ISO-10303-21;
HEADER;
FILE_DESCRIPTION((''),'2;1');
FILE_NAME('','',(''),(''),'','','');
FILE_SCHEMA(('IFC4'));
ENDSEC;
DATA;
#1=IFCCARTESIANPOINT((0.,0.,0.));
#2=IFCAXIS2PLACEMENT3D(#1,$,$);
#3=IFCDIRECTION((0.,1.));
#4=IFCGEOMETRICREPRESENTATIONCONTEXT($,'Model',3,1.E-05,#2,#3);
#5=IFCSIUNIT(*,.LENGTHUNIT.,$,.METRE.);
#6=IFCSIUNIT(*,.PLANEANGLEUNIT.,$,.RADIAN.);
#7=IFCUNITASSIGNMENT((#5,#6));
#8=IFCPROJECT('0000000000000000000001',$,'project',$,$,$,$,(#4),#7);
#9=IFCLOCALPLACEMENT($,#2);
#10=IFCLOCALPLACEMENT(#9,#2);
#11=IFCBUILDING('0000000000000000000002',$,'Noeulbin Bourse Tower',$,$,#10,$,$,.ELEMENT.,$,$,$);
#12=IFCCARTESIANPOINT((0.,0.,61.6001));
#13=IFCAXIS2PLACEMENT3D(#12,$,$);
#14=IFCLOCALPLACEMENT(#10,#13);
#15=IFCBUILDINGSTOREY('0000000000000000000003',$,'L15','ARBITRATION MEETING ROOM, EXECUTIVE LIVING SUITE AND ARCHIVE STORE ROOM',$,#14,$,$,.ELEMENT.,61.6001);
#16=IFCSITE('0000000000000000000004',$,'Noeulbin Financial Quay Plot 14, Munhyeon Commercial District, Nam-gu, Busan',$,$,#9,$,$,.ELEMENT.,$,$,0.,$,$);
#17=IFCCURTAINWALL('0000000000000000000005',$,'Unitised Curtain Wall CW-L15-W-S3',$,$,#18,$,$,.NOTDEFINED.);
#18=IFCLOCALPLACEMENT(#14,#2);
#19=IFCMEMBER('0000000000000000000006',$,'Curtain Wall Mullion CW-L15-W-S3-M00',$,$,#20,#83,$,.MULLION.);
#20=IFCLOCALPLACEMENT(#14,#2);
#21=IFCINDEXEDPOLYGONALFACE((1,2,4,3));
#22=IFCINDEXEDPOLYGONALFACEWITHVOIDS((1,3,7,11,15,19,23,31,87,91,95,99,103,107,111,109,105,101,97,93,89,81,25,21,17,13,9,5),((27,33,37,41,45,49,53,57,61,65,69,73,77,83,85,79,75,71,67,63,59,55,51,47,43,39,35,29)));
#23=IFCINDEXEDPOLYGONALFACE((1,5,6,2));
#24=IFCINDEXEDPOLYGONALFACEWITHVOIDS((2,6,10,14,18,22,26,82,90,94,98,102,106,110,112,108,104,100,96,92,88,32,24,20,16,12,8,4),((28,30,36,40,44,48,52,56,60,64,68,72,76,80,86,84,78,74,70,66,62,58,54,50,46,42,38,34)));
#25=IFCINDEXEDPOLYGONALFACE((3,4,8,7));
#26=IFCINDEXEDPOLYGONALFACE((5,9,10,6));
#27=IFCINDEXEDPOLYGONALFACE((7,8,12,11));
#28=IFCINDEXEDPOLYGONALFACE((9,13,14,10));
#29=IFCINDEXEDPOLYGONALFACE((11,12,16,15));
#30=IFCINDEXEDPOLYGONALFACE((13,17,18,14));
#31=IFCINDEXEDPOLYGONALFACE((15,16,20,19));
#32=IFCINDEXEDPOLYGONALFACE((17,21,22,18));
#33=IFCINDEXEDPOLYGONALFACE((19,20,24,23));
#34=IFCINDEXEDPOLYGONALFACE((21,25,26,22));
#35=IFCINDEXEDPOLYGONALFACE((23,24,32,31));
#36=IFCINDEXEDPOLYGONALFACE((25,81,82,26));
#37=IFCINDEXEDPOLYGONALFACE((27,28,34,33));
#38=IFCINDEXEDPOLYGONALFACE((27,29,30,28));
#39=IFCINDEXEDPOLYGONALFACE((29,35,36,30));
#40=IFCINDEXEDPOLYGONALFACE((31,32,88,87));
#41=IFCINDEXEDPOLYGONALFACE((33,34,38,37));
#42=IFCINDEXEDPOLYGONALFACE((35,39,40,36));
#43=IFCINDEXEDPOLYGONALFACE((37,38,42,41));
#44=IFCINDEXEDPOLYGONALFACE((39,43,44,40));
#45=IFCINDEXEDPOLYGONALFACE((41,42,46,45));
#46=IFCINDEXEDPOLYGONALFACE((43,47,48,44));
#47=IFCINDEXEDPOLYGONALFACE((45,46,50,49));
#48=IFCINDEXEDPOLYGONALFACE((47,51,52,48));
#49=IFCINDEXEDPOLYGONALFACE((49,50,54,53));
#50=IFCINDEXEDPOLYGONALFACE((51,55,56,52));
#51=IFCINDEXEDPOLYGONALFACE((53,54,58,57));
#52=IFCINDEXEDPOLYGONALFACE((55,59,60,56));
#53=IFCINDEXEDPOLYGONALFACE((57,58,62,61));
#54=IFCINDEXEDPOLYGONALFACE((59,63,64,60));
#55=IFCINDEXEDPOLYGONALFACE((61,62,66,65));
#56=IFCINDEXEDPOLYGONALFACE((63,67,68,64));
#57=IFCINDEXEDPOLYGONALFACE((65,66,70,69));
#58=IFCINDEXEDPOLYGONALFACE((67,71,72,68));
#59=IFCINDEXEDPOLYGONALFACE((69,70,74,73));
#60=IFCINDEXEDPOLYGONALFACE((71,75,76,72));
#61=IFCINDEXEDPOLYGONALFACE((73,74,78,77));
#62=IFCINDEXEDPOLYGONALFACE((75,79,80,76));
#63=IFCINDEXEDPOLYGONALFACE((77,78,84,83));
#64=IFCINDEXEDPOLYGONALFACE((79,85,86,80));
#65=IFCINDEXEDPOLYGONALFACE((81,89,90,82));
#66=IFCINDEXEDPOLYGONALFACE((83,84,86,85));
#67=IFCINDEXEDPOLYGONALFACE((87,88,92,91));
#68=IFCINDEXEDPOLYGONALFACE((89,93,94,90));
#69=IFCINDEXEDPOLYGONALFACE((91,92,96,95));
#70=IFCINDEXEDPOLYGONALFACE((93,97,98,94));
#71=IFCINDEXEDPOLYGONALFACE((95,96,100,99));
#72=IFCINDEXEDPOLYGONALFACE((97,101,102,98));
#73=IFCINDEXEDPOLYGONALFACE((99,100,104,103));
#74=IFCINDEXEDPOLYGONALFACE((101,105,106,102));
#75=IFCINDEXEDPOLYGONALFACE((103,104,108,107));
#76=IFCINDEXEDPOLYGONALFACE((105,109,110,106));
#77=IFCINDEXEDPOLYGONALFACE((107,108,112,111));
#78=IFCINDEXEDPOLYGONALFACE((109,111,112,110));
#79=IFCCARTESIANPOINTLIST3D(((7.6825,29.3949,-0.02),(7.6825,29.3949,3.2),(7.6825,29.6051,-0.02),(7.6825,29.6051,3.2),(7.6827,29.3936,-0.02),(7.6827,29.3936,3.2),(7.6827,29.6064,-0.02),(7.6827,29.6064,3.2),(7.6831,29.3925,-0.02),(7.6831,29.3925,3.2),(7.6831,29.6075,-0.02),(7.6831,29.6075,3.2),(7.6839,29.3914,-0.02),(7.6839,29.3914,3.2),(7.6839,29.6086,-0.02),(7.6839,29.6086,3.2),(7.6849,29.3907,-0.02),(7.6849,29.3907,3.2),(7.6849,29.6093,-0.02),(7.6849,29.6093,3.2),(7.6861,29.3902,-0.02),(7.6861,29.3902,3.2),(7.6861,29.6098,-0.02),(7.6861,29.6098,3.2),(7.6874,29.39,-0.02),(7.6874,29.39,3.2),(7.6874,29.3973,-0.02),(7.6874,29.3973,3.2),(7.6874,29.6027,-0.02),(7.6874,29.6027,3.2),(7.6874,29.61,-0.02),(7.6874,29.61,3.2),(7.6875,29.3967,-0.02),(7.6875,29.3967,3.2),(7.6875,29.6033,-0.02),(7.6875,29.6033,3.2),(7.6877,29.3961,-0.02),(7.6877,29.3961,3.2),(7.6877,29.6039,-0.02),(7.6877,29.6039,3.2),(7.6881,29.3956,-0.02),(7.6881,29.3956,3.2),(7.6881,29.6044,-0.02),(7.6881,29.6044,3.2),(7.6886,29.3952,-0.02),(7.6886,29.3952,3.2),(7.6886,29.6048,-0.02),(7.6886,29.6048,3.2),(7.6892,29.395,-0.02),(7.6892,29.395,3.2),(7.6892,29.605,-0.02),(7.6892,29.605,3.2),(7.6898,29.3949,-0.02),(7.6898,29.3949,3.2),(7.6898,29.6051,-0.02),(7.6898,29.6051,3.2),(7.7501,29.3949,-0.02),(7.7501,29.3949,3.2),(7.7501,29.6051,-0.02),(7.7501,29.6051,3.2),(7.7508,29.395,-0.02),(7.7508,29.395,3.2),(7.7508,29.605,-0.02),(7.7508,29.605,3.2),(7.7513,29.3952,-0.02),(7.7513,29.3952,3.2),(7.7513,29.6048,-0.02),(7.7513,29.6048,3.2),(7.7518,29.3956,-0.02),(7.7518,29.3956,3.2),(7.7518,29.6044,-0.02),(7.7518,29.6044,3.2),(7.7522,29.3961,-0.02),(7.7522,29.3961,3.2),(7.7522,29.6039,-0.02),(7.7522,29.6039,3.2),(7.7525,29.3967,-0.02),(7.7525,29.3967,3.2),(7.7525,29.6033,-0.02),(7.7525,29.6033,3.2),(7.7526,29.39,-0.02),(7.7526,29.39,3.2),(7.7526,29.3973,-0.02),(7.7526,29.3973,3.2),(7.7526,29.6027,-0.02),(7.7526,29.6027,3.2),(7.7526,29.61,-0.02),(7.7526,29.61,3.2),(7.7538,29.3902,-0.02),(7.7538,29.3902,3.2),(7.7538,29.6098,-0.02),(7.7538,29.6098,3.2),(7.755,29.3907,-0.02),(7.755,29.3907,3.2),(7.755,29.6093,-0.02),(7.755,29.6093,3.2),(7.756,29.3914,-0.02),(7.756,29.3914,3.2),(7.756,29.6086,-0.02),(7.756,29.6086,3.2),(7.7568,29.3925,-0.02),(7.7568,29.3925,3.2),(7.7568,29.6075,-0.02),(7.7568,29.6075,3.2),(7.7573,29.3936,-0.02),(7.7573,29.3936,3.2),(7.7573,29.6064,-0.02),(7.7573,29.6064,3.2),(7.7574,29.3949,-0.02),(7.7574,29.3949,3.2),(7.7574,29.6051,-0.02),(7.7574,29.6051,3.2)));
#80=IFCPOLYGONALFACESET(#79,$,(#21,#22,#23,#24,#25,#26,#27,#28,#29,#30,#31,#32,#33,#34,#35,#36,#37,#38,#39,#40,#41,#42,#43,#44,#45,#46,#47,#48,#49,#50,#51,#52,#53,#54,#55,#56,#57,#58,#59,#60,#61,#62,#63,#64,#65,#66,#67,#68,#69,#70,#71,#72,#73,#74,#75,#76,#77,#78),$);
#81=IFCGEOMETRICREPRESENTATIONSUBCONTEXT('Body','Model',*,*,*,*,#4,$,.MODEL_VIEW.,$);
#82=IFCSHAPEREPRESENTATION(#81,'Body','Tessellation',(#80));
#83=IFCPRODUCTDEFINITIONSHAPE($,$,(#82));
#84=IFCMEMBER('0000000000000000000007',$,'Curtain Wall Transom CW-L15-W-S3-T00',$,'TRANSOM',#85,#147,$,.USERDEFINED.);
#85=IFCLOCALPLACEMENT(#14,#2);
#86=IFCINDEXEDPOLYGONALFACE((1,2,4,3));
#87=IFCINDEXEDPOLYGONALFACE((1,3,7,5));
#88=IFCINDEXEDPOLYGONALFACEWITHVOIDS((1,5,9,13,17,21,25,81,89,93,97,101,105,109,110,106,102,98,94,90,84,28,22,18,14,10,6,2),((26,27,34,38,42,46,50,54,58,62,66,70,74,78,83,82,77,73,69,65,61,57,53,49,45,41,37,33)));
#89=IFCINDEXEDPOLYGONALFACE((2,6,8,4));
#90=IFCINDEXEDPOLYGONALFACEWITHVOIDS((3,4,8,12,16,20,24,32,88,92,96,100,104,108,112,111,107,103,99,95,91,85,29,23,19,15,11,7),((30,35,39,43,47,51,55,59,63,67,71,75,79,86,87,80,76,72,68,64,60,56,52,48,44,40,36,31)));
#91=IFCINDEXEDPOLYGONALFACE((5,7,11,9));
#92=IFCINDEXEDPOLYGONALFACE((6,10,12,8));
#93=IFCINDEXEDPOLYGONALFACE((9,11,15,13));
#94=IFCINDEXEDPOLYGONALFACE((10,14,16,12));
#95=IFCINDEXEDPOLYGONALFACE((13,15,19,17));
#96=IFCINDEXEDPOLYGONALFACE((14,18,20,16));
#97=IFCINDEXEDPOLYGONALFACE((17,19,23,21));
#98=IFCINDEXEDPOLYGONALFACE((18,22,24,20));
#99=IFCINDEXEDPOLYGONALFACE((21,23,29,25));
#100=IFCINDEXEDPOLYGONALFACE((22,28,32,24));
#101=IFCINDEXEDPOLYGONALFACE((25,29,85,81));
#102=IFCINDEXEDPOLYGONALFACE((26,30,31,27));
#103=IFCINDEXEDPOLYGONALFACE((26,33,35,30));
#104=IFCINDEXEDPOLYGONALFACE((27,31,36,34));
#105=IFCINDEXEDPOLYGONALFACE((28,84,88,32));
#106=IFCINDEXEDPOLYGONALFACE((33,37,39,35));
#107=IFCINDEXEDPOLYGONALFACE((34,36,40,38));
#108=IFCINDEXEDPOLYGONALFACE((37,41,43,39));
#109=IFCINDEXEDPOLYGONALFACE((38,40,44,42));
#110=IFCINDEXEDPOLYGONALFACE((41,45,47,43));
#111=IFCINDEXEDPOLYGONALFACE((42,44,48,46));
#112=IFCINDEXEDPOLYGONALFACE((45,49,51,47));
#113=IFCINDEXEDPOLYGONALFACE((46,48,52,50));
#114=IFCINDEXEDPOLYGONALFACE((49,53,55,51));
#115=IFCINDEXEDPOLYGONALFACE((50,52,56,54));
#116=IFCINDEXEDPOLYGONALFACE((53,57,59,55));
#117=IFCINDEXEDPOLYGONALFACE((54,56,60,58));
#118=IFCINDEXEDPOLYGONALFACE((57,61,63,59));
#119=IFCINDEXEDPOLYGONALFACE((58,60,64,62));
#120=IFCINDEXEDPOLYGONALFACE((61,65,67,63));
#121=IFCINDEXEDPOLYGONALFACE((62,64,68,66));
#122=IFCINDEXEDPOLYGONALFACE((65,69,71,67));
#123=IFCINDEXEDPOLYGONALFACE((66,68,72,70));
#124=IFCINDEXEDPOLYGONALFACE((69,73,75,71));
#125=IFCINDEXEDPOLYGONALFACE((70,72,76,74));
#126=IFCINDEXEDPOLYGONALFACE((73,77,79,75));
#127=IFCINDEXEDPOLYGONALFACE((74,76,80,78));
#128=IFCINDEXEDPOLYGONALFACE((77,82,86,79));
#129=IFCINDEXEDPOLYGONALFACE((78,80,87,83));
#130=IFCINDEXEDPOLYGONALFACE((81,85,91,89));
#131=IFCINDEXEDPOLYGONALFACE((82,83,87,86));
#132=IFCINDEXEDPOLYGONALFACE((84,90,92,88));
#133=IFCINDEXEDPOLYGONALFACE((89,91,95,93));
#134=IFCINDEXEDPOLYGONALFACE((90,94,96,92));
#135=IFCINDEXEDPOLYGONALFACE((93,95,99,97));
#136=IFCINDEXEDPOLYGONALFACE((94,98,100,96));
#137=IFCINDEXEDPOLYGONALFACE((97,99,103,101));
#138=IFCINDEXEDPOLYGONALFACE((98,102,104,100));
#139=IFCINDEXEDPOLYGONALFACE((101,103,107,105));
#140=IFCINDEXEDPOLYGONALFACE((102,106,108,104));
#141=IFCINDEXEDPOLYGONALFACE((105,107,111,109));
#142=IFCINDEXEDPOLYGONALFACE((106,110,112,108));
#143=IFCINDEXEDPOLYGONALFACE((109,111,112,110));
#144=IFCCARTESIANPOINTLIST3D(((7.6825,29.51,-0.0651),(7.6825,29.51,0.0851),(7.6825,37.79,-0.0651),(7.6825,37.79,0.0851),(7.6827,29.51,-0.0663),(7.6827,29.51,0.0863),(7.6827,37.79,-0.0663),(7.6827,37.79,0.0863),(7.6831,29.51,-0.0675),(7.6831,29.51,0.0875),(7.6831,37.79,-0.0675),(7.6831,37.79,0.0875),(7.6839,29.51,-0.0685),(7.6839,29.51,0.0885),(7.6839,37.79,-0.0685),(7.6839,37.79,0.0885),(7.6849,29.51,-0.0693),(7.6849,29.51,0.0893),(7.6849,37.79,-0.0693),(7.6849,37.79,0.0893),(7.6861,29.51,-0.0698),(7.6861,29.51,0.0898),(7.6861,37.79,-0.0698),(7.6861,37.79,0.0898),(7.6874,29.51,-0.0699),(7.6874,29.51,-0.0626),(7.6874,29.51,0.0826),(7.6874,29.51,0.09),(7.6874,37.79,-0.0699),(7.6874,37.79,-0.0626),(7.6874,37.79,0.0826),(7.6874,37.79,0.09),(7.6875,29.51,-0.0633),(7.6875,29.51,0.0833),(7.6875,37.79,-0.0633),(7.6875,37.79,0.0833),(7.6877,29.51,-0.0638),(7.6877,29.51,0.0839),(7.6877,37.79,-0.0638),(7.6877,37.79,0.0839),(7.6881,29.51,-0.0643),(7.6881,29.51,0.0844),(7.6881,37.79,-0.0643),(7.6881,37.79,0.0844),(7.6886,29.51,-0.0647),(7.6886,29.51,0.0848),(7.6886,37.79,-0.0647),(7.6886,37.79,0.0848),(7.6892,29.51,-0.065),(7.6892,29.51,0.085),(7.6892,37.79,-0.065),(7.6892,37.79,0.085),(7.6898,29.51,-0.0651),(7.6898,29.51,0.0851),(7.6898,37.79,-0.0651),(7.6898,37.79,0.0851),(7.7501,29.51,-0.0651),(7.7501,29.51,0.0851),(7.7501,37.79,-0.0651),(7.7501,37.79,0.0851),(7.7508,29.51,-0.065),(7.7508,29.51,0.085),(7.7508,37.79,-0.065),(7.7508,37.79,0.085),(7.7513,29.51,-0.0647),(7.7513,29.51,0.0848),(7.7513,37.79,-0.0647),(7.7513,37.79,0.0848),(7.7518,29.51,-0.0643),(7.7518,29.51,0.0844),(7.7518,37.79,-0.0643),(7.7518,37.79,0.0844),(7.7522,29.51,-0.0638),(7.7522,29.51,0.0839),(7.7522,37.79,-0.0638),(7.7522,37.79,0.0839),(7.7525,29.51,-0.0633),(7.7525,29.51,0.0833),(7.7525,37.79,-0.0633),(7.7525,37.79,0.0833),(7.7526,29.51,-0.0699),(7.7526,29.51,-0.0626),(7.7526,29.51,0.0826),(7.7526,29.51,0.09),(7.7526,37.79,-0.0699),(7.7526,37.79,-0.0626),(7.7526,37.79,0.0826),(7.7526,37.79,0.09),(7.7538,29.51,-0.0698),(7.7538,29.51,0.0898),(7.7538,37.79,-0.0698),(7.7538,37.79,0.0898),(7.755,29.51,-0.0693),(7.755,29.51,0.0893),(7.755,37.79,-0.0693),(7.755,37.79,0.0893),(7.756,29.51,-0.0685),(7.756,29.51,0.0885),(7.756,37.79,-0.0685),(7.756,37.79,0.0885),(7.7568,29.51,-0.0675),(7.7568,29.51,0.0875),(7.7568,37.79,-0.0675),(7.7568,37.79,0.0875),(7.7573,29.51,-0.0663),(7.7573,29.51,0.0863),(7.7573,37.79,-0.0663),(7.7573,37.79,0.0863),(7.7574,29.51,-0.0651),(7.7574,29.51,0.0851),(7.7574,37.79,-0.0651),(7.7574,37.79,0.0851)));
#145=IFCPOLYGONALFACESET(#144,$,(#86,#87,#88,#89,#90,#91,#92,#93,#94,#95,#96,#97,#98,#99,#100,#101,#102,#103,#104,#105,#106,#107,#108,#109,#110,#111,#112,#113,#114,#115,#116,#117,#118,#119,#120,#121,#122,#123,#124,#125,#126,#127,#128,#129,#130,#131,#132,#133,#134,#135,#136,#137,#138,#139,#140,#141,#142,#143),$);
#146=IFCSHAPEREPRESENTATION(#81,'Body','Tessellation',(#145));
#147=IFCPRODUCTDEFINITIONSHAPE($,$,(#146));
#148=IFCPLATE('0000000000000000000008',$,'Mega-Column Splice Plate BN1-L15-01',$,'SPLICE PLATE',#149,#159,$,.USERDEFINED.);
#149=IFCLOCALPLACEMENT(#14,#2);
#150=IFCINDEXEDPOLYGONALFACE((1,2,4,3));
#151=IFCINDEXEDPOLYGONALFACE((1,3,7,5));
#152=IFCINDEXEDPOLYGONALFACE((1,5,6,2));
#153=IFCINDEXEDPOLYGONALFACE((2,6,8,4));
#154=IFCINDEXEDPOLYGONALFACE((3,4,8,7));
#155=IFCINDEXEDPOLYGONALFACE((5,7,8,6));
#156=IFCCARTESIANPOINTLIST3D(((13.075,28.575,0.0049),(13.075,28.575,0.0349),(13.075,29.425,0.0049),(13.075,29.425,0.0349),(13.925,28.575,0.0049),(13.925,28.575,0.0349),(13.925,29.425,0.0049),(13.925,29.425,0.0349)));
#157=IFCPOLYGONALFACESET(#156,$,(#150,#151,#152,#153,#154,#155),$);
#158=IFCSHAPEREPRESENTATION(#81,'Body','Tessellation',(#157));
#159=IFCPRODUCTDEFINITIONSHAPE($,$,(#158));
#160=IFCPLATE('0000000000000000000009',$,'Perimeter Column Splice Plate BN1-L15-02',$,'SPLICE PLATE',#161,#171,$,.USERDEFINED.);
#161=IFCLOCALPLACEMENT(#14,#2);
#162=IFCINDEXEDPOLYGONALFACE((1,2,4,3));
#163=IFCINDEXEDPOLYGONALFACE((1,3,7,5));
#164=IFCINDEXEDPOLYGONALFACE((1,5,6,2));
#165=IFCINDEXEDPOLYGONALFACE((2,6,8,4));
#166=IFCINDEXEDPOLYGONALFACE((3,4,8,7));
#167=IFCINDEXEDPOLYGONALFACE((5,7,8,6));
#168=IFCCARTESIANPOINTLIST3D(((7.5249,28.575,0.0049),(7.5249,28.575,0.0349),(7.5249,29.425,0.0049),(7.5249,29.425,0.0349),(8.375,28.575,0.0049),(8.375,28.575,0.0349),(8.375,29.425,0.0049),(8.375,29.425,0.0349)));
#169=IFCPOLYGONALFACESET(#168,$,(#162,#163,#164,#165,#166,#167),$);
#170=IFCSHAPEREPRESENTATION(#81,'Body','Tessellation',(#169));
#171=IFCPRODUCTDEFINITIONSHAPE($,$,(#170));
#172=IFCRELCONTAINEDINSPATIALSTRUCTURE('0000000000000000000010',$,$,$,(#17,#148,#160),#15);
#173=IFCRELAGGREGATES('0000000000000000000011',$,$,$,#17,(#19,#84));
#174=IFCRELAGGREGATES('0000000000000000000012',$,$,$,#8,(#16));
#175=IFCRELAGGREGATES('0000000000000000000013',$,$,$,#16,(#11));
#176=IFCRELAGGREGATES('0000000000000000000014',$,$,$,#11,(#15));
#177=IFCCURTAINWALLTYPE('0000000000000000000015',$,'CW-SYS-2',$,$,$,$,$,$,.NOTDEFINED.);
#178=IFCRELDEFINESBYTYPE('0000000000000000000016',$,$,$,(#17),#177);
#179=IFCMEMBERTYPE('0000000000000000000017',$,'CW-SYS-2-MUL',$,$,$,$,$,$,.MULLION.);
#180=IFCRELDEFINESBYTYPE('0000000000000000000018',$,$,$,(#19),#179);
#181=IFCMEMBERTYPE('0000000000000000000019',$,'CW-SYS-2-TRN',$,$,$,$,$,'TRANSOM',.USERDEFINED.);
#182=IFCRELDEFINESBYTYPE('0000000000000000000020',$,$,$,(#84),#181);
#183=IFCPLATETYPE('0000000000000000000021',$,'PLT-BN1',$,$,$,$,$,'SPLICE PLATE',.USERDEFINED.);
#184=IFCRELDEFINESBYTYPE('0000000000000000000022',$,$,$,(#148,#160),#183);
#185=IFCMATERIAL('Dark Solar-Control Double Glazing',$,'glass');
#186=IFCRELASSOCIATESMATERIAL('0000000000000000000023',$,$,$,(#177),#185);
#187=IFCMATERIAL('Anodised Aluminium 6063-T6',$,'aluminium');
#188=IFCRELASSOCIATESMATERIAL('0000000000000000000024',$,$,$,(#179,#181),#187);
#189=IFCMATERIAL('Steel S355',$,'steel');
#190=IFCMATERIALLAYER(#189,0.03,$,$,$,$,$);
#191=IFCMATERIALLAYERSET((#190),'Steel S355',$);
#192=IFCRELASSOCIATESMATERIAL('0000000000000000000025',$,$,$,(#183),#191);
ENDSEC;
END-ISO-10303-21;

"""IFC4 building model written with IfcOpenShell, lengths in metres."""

from ifc_helpers import new_model, si_unit, direction, frame, origin, origin_2d, place, context, subcontext, project, spatial, rectangle, hollow_rectangle, extrude, material, layer, layer_set, material_profile, profile_set, type_object, element, aggregate, save


model = new_model("IFC4")

# Units and contexts
model_context = context("Model", 3, precision=1e-05, world=origin(), true_north=direction((0.0, 1.0)))
body_context = subcontext(model_context, "Body", "Model", "MODEL_VIEW")
ifc_project = project(units=[si_unit("LENGTHUNIT", "METRE"), si_unit("PLANEANGLEUNIT", "RADIAN")], contexts=[model_context])

# Site, building, storey
site_placement = place(None, origin())
site = spatial("IfcSite", under=ifc_project, at=site_placement, Name="Noeulbin Financial Quay Plot 14, Munhyeon Commercial District, Nam-gu, Busan", CompositionType="ELEMENT", RefElevation=0.0)
building_placement = place(site_placement, origin())
building = spatial("IfcBuilding", under=site, at=building_placement, Name="Noeulbin Bourse Tower", CompositionType="ELEMENT")
storey_placement = place(building_placement, frame((0.0, 0.0, 61.6001)))
storey = spatial("IfcBuildingStorey", under=building, at=storey_placement, Name="L15", Description="ARBITRATION MEETING ROOM, EXECUTIVE LIVING SUITE AND ARCHIVE STORE ROOM", CompositionType="ELEMENT", Elevation=61.6001)

# Shared definitions
ifc_material_1 = material(Name="Steel S355", Category="steel")

# Shared definitions
ifc_material_2 = material(Name="Dark Solar-Control Double Glazing", Category="glass")
curtain_wall_type = type_object("IfcCurtainWallType", Name="CW-SYS-2", PredefinedType="NOTDEFINED", material=ifc_material_2)
ifc_material_3 = material(Name="Anodised Aluminium 6063-T6", Category="aluminium")
ifc_material_profile_1 = material_profile(ifc_material_3, hollow_rectangle(XDim=0.075, YDim=0.22, WallThickness=0.0049, InnerFilletRadius=0.0024, OuterFilletRadius=0.0049, at=origin_2d()), Name="ALU-MULL-75x220x5", Category="LoadBearing")
ifc_profile_set_1 = profile_set([ifc_material_profile_1], Name="Anodised Aluminium 6063-T6")
member_type_1 = type_object("IfcMemberType", Name="CW-SYS-2-MUL", PredefinedType="MULLION", material=ifc_profile_set_1)

# Curtain wall, members
curtain_wall_1_placement = place(storey_placement, origin())
curtain_wall_1 = element("IfcCurtainWall", 1, at=curtain_wall_1_placement, inside=storey, type_object=curtain_wall_type, Name="Unitised Curtain Wall CW-L15-W-S3", PredefinedType="NOTDEFINED")
member_1_placement = place(storey_placement, frame((7.72, 29.5, -0.02), z_axis=(0.0, 0.0, 1.0), x_axis=(1.0, 0.0, 0.0)))
member_1 = element("IfcMember", 2, at=member_1_placement, type_object=member_type_1, Name="Curtain Wall Mullion CW-L15-W-S3-M00", PredefinedType="MULLION", context=body_context, shape_type="SweptSolid", body=[
    extrude(hollow_rectangle(XDim=0.075, YDim=0.22, WallThickness=0.0049, InnerFilletRadius=0.0024, OuterFilletRadius=0.0049, at=origin_2d()), origin(), (0.0, 0.0, 1.0), 3.22),
])
ifc_material_profile_2 = material_profile(ifc_material_3, hollow_rectangle(XDim=0.075, YDim=0.1599, WallThickness=0.0049, InnerFilletRadius=0.0024, OuterFilletRadius=0.0049, at=origin_2d()), Name="ALU-TRAN-75x160x5", Category="LoadBearing")
ifc_profile_set_2 = profile_set([ifc_material_profile_2], Name="Anodised Aluminium 6063-T6")
member_type_2 = type_object("IfcMemberType", Name="CW-SYS-2-TRN", ElementType="TRANSOM", PredefinedType="USERDEFINED", material=ifc_profile_set_2)
member_2_placement = place(storey_placement, frame((7.72, 29.51, 0.01), z_axis=(0.0, 1.0, 0.0), x_axis=(-1.0, 0.0, 0.0)))
member_2 = element("IfcMember", 3, at=member_2_placement, type_object=member_type_2, Name="Curtain Wall Transom CW-L15-W-S3-T00", ObjectType="TRANSOM", PredefinedType="USERDEFINED", context=body_context, shape_type="SweptSolid", body=[
    extrude(hollow_rectangle(XDim=0.075, YDim=0.1599, WallThickness=0.0049, InnerFilletRadius=0.0024, OuterFilletRadius=0.0049, at=origin_2d()), origin(), (0.0, 0.0, 1.0), 8.28),
])
aggregate(curtain_wall_1, [member_1, member_2])

# Plates
ifc_layer_1 = layer(ifc_material_1, 0.03)
ifc_layer_set_1 = layer_set([ifc_layer_1], Name="Steel S355")
plate_type = type_object("IfcPlateType", Name="PLT-BN1", ElementType="SPLICE PLATE", PredefinedType="USERDEFINED", material=ifc_layer_set_1)
for number, where, z_axis, x_axis, name in (
    (4, (13.5, 29.0, 0.0049), (0.0, 0.0, 1.0), (1.0, 0.0, 0.0), "Mega-Column Splice Plate BN1-L15-01"),
    (5, (7.95, 29.0, 0.0049), (0.0, 0.0, 1.0), (1.0, 0.0, 0.0), "Perimeter Column Splice Plate BN1-L15-02"),
):
    element("IfcPlate", number, at=place(storey_placement, frame(where, z_axis=z_axis, x_axis=x_axis)), inside=storey, type_object=plate_type, Name=name, ObjectType="SPLICE PLATE", PredefinedType="USERDEFINED", context=body_context, shape_type="SweptSolid", body=[
        extrude(rectangle(XDim=0.8501, YDim=0.8501, at=origin_2d()), origin(), (0.0, 0.0, 1.0), 0.03),
    ])

save(model, "model.ifc")
